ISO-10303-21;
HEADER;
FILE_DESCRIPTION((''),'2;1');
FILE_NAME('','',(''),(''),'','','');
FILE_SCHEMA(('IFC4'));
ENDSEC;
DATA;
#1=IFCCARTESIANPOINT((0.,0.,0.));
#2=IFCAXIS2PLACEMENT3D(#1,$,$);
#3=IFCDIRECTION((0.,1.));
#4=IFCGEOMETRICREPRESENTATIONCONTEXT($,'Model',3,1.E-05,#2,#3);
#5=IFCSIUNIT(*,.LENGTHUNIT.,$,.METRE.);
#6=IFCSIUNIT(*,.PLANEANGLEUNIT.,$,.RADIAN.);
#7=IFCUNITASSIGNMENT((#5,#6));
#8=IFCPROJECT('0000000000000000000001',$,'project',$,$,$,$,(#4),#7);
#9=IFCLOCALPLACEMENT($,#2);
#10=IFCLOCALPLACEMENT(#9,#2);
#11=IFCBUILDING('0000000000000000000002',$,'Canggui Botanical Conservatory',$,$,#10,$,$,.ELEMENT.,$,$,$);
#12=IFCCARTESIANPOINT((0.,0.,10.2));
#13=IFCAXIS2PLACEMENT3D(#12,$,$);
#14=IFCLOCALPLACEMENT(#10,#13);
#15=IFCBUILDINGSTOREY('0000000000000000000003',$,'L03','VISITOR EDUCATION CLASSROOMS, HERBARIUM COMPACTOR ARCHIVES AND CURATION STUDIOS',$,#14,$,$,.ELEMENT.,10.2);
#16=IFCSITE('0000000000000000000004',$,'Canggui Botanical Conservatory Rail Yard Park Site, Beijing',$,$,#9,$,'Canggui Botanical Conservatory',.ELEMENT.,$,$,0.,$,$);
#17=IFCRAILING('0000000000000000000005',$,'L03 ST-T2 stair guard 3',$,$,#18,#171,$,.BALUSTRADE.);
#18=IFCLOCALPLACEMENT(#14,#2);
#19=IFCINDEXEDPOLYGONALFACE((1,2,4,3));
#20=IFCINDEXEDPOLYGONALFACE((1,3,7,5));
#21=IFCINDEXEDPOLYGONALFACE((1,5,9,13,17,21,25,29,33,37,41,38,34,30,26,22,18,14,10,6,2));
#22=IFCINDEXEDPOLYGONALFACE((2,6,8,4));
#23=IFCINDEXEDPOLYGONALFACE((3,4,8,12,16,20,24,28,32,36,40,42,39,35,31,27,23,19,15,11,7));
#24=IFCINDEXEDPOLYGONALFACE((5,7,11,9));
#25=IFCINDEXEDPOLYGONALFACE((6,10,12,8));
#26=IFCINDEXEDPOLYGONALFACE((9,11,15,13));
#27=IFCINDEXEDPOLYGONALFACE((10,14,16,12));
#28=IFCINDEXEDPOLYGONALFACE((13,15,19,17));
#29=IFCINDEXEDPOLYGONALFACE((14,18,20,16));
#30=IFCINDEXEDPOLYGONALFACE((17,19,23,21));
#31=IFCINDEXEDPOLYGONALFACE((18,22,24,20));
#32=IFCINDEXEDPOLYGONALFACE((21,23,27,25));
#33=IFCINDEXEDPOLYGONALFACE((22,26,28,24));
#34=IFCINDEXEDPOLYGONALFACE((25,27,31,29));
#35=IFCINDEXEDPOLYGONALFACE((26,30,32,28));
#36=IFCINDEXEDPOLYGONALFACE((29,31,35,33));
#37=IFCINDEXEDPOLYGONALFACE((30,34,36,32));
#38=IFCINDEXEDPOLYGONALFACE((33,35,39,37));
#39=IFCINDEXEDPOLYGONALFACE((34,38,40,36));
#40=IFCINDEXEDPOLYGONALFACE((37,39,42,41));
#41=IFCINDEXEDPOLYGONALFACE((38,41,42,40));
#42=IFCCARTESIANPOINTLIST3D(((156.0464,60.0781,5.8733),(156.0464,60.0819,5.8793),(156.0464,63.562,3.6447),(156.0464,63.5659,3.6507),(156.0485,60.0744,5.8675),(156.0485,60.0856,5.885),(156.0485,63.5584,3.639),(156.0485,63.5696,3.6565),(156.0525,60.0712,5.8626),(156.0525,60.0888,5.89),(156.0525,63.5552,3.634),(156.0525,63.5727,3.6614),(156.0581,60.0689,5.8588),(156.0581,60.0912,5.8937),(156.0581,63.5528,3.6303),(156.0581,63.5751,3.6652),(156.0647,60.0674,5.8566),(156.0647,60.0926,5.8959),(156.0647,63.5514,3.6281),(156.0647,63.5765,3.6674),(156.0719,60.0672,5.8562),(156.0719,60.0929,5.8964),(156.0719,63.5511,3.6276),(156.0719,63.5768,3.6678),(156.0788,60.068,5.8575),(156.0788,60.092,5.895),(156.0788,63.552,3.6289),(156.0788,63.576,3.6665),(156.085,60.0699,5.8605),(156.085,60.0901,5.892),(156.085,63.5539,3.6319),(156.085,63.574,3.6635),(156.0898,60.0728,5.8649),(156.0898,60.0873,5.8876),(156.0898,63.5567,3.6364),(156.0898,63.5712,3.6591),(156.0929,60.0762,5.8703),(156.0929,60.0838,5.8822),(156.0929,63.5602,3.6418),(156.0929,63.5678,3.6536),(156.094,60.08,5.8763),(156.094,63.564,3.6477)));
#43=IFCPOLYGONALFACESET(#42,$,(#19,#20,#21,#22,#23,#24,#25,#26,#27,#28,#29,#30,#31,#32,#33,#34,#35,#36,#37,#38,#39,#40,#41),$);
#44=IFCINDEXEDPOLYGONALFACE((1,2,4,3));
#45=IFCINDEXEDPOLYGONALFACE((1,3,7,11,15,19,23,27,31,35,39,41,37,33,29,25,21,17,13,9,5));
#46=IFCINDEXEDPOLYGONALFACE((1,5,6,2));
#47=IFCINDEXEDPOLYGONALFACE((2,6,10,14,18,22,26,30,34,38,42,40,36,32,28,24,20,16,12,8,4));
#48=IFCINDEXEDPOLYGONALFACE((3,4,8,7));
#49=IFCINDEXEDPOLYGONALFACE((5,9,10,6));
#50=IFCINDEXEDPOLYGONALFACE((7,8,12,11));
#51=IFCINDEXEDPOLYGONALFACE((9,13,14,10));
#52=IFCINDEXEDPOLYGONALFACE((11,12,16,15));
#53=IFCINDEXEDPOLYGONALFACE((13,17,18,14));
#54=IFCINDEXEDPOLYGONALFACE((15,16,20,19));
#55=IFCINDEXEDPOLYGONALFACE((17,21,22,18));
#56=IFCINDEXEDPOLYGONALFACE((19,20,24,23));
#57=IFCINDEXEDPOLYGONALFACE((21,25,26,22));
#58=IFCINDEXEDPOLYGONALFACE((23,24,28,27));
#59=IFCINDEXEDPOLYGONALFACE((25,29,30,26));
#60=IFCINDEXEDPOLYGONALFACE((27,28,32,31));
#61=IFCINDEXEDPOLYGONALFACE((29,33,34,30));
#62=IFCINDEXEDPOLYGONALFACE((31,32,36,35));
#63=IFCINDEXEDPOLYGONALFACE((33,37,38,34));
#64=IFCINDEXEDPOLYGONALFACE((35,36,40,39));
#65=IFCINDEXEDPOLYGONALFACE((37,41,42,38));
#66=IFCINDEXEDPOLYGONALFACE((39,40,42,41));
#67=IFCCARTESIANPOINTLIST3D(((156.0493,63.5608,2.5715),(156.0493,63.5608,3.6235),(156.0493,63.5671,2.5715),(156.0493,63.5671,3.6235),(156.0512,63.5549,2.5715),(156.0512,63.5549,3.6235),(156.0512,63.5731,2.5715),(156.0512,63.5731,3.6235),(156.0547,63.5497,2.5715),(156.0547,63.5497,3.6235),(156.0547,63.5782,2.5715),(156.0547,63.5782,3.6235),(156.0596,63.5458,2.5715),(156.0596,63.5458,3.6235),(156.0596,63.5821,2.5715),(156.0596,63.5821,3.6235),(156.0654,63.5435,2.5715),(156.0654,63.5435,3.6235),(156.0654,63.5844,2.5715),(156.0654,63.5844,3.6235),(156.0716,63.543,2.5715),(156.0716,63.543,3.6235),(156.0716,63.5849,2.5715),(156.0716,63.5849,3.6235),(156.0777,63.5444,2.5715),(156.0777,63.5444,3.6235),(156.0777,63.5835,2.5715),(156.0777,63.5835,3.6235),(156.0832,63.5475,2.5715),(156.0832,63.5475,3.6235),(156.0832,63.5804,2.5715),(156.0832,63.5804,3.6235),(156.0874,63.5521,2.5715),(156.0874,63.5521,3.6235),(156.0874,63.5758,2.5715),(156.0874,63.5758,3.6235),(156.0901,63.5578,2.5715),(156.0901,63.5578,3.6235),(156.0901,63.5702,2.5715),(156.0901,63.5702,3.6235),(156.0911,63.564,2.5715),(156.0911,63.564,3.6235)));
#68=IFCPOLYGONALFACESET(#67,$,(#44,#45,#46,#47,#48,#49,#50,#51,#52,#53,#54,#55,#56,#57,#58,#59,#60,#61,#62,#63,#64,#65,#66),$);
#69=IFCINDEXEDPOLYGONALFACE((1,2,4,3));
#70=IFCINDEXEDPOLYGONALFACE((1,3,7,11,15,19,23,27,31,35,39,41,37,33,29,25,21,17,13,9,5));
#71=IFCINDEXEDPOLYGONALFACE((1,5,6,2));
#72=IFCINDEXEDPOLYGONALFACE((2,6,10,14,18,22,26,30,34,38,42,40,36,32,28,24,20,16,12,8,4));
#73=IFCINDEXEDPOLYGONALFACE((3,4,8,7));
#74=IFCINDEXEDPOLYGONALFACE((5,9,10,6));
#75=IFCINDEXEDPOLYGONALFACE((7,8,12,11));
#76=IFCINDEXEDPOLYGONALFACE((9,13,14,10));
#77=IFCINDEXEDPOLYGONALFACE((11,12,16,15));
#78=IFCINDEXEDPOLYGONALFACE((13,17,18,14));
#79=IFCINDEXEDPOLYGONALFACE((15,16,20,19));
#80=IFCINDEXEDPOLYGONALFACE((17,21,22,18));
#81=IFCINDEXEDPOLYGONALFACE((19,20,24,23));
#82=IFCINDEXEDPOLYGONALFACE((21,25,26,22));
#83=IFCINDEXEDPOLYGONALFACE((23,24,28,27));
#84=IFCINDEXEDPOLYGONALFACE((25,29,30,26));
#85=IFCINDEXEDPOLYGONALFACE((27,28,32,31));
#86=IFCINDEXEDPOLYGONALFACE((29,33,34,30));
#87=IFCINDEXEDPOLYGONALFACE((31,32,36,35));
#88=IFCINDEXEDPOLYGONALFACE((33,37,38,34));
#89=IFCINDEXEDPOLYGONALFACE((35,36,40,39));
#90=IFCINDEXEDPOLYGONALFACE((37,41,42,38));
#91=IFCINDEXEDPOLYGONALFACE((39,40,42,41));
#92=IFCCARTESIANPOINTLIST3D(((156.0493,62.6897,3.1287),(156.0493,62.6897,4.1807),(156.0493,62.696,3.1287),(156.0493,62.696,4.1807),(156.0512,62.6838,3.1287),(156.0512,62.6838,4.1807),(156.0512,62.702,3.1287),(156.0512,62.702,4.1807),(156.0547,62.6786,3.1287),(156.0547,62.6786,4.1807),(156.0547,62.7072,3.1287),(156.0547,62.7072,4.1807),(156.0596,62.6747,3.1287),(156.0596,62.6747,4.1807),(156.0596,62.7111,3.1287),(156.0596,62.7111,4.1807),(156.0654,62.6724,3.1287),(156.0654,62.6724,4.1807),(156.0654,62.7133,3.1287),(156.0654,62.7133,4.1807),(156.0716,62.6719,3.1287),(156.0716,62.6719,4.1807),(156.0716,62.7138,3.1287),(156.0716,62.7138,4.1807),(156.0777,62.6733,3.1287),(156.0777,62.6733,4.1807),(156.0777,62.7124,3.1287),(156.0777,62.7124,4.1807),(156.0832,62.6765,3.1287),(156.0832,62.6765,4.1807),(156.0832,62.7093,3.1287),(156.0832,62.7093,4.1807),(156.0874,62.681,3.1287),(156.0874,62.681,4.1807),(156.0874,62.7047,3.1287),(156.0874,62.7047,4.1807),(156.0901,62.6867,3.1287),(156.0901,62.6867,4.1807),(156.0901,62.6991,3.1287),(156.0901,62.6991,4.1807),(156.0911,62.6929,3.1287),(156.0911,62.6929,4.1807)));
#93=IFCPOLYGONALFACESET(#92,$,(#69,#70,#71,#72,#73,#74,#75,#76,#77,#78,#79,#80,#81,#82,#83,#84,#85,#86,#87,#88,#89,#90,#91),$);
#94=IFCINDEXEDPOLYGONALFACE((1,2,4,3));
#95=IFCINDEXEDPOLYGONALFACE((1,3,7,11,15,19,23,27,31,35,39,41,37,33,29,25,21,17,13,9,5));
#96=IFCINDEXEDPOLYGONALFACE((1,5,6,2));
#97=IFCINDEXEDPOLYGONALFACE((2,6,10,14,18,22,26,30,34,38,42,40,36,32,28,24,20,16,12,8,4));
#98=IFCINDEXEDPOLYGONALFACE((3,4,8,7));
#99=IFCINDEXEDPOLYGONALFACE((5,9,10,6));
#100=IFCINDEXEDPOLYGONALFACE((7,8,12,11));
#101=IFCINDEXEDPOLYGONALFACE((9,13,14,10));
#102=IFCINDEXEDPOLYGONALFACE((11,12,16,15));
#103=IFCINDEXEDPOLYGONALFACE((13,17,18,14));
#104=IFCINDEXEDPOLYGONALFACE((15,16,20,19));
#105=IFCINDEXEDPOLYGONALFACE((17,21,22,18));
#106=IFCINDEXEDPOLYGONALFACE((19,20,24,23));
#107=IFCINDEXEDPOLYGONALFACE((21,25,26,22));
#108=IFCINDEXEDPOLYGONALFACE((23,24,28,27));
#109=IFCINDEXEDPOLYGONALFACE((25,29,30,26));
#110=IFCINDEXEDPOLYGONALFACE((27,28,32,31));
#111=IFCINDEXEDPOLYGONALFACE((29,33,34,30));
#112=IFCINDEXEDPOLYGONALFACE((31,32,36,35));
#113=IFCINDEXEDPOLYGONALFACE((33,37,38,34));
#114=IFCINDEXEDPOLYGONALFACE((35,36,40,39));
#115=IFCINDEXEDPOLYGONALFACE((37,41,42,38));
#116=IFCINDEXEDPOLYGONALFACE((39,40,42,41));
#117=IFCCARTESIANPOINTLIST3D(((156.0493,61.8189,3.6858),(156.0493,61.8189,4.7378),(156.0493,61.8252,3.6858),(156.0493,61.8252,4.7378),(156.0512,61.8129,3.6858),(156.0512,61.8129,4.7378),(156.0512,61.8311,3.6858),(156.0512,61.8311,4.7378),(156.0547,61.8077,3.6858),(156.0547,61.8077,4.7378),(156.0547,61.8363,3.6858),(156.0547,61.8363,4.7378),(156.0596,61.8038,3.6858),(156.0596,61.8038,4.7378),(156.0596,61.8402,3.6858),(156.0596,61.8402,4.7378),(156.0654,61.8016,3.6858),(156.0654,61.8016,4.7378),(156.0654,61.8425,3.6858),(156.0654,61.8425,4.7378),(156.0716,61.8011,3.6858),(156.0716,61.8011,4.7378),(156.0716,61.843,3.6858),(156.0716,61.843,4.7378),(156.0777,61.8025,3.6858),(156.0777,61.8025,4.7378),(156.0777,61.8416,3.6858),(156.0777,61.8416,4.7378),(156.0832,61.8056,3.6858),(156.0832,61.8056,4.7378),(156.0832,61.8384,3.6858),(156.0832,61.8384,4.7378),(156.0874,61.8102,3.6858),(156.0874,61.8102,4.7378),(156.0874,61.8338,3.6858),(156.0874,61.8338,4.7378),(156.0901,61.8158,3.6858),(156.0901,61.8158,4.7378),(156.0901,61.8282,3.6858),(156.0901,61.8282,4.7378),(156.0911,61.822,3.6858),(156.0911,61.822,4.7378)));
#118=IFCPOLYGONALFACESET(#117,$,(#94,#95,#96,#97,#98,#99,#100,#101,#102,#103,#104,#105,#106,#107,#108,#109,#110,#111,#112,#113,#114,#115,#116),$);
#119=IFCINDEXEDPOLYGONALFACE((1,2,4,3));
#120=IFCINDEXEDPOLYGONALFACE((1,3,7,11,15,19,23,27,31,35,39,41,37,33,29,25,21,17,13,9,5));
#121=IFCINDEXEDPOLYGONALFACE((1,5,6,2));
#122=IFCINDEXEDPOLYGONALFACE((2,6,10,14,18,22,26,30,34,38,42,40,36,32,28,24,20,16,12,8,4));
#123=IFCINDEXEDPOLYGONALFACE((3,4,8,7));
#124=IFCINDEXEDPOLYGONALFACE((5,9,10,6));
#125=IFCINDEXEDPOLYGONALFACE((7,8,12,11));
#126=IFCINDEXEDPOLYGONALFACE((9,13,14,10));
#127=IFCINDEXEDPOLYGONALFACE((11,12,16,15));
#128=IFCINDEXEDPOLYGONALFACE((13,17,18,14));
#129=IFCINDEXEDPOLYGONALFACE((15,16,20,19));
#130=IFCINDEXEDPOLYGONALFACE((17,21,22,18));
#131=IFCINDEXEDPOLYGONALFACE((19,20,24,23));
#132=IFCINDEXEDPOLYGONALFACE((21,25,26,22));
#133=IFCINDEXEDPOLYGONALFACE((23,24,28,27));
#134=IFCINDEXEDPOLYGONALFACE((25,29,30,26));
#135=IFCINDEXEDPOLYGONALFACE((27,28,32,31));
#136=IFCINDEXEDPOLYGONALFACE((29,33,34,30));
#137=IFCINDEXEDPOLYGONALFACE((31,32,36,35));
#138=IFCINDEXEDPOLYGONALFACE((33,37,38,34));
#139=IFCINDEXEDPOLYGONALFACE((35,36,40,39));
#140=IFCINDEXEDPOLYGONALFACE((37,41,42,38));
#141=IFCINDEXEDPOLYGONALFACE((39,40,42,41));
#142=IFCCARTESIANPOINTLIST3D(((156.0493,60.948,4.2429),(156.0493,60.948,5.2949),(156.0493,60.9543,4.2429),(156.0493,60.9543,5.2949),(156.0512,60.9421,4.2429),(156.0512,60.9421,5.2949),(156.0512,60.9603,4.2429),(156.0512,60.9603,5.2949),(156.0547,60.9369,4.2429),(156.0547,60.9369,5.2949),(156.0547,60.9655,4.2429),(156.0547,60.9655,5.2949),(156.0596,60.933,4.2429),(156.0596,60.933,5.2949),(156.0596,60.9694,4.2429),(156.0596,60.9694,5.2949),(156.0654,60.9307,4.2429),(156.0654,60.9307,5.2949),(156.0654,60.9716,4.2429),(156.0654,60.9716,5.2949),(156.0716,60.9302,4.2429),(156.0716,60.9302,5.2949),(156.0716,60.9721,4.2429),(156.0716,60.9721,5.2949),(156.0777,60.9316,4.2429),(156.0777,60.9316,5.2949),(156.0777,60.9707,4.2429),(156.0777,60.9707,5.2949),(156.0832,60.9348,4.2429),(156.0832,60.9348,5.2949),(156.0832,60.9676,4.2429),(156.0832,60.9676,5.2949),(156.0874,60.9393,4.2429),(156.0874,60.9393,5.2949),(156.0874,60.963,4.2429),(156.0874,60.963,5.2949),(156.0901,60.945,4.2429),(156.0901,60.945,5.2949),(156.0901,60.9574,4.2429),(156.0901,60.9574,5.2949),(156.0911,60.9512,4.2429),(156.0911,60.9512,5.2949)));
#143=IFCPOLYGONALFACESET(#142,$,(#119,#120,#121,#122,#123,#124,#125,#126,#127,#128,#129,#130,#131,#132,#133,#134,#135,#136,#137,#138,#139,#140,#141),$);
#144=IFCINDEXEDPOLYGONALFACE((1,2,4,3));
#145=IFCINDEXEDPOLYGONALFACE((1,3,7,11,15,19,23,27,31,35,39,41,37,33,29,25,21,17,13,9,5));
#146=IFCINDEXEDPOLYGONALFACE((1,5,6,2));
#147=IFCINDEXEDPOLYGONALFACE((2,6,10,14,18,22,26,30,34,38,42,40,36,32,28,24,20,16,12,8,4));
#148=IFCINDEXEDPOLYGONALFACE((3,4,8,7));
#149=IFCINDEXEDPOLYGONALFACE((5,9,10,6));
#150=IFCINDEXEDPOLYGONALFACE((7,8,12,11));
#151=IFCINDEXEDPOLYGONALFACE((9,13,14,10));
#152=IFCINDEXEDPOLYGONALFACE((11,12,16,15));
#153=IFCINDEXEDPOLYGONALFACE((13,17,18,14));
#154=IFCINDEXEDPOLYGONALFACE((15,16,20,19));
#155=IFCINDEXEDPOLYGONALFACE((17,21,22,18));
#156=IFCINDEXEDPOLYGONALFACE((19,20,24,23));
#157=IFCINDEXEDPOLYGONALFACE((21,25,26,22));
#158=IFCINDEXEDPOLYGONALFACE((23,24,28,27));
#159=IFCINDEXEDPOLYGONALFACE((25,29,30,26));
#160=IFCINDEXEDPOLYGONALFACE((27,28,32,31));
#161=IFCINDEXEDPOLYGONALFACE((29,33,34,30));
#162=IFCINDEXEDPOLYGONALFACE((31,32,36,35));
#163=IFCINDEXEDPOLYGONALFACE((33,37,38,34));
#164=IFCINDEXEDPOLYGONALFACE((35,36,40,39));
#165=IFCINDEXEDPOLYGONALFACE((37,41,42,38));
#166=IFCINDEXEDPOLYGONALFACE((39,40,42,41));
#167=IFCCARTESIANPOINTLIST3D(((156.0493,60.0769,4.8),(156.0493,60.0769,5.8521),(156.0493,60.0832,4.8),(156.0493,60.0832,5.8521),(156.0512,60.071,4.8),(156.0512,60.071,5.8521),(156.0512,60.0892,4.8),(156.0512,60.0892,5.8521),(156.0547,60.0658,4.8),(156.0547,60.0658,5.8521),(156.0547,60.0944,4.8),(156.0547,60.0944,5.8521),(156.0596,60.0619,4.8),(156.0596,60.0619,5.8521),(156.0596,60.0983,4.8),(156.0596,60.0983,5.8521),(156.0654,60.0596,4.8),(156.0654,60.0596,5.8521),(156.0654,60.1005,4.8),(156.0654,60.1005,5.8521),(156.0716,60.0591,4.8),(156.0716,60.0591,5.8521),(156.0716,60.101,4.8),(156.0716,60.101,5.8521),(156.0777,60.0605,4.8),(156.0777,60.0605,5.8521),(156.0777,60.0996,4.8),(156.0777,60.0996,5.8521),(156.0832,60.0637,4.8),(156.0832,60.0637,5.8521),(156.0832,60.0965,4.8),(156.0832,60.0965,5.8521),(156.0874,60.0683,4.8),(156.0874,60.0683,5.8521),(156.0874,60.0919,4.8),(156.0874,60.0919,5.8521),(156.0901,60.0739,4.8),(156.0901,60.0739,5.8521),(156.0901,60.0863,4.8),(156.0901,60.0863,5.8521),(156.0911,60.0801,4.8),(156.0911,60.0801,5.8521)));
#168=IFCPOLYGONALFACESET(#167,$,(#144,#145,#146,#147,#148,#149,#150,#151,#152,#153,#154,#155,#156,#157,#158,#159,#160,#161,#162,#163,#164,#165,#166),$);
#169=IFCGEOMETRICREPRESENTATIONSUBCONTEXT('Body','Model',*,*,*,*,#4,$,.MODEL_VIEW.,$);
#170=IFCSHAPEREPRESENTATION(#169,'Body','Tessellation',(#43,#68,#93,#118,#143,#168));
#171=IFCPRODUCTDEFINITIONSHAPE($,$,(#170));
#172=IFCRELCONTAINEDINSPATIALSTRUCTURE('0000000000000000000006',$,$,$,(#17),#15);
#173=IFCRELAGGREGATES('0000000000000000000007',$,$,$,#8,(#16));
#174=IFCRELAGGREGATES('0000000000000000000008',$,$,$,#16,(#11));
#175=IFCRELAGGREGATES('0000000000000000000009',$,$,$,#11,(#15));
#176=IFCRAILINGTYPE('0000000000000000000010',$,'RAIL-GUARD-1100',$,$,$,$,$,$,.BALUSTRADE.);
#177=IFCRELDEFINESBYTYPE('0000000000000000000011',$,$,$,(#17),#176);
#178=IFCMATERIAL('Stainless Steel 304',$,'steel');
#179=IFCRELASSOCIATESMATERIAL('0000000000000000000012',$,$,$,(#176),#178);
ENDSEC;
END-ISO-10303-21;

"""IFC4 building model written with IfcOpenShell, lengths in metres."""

from ifc_helpers import new_model, si_unit, direction, frame, origin, origin_2d, place, context, subcontext, project, spatial, circle, extrude, material, type_object, element, save


model = new_model("IFC4")

# Units and contexts
model_context = context("Model", 3, precision=1e-05, world=origin(), true_north=direction((0.0, 1.0)))
body_context = subcontext(model_context, "Body", "Model", "MODEL_VIEW")
ifc_project = project(units=[si_unit("LENGTHUNIT", "METRE"), si_unit("PLANEANGLEUNIT", "RADIAN")], contexts=[model_context])

# Site, building, storey
site_placement = place(None, origin())
site = spatial("IfcSite", under=ifc_project, at=site_placement, Name="Canggui Botanical Conservatory Rail Yard Park Site, Beijing", LongName="Canggui Botanical Conservatory", CompositionType="ELEMENT", RefElevation=0.0)
building_placement = place(site_placement, origin())
building = spatial("IfcBuilding", under=site, at=building_placement, Name="Canggui Botanical Conservatory", CompositionType="ELEMENT")
storey_placement = place(building_placement, frame((0.0, 0.0, 10.2)))
storey = spatial("IfcBuildingStorey", under=building, at=storey_placement, Name="L03", Description="VISITOR EDUCATION CLASSROOMS, HERBARIUM COMPACTOR ARCHIVES AND CURATION STUDIOS", CompositionType="ELEMENT", Elevation=10.2)

# Shared definitions
ifc_material_1 = material(Name="Stainless Steel 304", Category="steel")

# Railing
railing_type_1 = type_object("IfcRailingType", Name="RAIL-GUARD-1100", PredefinedType="BALUSTRADE", material=ifc_material_1)
railing_1_placement = place(storey_placement, frame((156.0701, 63.564, 2.5715)))
element("IfcRailing", 1, at=railing_1_placement, inside=storey, type_object=railing_type_1, Name="L03 ST-T2 stair guard 3", PredefinedType="BALUSTRADE", context=body_context, shape_type="SweptSolid", body=[
    extrude(circle(Radius=0.0239, at=origin_2d()), frame((0.0, 0.0, 1.0762), z_axis=(0.0, -0.8424, 0.538853), x_axis=(1.0, 0.0, 0.0)), (0.0, 0.0, 1.0), 4.1357),
    extrude(circle(Radius=0.021, at=origin_2d()), origin(), (0.0, 0.0, 1.0), 1.052),
    extrude(circle(Radius=0.021, at=origin_2d()), frame((0.0, -0.8711, 0.5571)), (0.0, 0.0, 1.0), 1.052),
    extrude(circle(Radius=0.021, at=origin_2d()), frame((0.0, -1.7419, 1.1143)), (0.0, 0.0, 1.0), 1.052),
    extrude(circle(Radius=0.021, at=origin_2d()), frame((0.0, -2.6128, 1.6714)), (0.0, 0.0, 1.0), 1.052),
    extrude(circle(Radius=0.021, at=origin_2d()), frame((0.0, -3.4839, 2.2285)), (0.0, 0.0, 1.0), 1.052),
])

save(model, "model.ifc")
